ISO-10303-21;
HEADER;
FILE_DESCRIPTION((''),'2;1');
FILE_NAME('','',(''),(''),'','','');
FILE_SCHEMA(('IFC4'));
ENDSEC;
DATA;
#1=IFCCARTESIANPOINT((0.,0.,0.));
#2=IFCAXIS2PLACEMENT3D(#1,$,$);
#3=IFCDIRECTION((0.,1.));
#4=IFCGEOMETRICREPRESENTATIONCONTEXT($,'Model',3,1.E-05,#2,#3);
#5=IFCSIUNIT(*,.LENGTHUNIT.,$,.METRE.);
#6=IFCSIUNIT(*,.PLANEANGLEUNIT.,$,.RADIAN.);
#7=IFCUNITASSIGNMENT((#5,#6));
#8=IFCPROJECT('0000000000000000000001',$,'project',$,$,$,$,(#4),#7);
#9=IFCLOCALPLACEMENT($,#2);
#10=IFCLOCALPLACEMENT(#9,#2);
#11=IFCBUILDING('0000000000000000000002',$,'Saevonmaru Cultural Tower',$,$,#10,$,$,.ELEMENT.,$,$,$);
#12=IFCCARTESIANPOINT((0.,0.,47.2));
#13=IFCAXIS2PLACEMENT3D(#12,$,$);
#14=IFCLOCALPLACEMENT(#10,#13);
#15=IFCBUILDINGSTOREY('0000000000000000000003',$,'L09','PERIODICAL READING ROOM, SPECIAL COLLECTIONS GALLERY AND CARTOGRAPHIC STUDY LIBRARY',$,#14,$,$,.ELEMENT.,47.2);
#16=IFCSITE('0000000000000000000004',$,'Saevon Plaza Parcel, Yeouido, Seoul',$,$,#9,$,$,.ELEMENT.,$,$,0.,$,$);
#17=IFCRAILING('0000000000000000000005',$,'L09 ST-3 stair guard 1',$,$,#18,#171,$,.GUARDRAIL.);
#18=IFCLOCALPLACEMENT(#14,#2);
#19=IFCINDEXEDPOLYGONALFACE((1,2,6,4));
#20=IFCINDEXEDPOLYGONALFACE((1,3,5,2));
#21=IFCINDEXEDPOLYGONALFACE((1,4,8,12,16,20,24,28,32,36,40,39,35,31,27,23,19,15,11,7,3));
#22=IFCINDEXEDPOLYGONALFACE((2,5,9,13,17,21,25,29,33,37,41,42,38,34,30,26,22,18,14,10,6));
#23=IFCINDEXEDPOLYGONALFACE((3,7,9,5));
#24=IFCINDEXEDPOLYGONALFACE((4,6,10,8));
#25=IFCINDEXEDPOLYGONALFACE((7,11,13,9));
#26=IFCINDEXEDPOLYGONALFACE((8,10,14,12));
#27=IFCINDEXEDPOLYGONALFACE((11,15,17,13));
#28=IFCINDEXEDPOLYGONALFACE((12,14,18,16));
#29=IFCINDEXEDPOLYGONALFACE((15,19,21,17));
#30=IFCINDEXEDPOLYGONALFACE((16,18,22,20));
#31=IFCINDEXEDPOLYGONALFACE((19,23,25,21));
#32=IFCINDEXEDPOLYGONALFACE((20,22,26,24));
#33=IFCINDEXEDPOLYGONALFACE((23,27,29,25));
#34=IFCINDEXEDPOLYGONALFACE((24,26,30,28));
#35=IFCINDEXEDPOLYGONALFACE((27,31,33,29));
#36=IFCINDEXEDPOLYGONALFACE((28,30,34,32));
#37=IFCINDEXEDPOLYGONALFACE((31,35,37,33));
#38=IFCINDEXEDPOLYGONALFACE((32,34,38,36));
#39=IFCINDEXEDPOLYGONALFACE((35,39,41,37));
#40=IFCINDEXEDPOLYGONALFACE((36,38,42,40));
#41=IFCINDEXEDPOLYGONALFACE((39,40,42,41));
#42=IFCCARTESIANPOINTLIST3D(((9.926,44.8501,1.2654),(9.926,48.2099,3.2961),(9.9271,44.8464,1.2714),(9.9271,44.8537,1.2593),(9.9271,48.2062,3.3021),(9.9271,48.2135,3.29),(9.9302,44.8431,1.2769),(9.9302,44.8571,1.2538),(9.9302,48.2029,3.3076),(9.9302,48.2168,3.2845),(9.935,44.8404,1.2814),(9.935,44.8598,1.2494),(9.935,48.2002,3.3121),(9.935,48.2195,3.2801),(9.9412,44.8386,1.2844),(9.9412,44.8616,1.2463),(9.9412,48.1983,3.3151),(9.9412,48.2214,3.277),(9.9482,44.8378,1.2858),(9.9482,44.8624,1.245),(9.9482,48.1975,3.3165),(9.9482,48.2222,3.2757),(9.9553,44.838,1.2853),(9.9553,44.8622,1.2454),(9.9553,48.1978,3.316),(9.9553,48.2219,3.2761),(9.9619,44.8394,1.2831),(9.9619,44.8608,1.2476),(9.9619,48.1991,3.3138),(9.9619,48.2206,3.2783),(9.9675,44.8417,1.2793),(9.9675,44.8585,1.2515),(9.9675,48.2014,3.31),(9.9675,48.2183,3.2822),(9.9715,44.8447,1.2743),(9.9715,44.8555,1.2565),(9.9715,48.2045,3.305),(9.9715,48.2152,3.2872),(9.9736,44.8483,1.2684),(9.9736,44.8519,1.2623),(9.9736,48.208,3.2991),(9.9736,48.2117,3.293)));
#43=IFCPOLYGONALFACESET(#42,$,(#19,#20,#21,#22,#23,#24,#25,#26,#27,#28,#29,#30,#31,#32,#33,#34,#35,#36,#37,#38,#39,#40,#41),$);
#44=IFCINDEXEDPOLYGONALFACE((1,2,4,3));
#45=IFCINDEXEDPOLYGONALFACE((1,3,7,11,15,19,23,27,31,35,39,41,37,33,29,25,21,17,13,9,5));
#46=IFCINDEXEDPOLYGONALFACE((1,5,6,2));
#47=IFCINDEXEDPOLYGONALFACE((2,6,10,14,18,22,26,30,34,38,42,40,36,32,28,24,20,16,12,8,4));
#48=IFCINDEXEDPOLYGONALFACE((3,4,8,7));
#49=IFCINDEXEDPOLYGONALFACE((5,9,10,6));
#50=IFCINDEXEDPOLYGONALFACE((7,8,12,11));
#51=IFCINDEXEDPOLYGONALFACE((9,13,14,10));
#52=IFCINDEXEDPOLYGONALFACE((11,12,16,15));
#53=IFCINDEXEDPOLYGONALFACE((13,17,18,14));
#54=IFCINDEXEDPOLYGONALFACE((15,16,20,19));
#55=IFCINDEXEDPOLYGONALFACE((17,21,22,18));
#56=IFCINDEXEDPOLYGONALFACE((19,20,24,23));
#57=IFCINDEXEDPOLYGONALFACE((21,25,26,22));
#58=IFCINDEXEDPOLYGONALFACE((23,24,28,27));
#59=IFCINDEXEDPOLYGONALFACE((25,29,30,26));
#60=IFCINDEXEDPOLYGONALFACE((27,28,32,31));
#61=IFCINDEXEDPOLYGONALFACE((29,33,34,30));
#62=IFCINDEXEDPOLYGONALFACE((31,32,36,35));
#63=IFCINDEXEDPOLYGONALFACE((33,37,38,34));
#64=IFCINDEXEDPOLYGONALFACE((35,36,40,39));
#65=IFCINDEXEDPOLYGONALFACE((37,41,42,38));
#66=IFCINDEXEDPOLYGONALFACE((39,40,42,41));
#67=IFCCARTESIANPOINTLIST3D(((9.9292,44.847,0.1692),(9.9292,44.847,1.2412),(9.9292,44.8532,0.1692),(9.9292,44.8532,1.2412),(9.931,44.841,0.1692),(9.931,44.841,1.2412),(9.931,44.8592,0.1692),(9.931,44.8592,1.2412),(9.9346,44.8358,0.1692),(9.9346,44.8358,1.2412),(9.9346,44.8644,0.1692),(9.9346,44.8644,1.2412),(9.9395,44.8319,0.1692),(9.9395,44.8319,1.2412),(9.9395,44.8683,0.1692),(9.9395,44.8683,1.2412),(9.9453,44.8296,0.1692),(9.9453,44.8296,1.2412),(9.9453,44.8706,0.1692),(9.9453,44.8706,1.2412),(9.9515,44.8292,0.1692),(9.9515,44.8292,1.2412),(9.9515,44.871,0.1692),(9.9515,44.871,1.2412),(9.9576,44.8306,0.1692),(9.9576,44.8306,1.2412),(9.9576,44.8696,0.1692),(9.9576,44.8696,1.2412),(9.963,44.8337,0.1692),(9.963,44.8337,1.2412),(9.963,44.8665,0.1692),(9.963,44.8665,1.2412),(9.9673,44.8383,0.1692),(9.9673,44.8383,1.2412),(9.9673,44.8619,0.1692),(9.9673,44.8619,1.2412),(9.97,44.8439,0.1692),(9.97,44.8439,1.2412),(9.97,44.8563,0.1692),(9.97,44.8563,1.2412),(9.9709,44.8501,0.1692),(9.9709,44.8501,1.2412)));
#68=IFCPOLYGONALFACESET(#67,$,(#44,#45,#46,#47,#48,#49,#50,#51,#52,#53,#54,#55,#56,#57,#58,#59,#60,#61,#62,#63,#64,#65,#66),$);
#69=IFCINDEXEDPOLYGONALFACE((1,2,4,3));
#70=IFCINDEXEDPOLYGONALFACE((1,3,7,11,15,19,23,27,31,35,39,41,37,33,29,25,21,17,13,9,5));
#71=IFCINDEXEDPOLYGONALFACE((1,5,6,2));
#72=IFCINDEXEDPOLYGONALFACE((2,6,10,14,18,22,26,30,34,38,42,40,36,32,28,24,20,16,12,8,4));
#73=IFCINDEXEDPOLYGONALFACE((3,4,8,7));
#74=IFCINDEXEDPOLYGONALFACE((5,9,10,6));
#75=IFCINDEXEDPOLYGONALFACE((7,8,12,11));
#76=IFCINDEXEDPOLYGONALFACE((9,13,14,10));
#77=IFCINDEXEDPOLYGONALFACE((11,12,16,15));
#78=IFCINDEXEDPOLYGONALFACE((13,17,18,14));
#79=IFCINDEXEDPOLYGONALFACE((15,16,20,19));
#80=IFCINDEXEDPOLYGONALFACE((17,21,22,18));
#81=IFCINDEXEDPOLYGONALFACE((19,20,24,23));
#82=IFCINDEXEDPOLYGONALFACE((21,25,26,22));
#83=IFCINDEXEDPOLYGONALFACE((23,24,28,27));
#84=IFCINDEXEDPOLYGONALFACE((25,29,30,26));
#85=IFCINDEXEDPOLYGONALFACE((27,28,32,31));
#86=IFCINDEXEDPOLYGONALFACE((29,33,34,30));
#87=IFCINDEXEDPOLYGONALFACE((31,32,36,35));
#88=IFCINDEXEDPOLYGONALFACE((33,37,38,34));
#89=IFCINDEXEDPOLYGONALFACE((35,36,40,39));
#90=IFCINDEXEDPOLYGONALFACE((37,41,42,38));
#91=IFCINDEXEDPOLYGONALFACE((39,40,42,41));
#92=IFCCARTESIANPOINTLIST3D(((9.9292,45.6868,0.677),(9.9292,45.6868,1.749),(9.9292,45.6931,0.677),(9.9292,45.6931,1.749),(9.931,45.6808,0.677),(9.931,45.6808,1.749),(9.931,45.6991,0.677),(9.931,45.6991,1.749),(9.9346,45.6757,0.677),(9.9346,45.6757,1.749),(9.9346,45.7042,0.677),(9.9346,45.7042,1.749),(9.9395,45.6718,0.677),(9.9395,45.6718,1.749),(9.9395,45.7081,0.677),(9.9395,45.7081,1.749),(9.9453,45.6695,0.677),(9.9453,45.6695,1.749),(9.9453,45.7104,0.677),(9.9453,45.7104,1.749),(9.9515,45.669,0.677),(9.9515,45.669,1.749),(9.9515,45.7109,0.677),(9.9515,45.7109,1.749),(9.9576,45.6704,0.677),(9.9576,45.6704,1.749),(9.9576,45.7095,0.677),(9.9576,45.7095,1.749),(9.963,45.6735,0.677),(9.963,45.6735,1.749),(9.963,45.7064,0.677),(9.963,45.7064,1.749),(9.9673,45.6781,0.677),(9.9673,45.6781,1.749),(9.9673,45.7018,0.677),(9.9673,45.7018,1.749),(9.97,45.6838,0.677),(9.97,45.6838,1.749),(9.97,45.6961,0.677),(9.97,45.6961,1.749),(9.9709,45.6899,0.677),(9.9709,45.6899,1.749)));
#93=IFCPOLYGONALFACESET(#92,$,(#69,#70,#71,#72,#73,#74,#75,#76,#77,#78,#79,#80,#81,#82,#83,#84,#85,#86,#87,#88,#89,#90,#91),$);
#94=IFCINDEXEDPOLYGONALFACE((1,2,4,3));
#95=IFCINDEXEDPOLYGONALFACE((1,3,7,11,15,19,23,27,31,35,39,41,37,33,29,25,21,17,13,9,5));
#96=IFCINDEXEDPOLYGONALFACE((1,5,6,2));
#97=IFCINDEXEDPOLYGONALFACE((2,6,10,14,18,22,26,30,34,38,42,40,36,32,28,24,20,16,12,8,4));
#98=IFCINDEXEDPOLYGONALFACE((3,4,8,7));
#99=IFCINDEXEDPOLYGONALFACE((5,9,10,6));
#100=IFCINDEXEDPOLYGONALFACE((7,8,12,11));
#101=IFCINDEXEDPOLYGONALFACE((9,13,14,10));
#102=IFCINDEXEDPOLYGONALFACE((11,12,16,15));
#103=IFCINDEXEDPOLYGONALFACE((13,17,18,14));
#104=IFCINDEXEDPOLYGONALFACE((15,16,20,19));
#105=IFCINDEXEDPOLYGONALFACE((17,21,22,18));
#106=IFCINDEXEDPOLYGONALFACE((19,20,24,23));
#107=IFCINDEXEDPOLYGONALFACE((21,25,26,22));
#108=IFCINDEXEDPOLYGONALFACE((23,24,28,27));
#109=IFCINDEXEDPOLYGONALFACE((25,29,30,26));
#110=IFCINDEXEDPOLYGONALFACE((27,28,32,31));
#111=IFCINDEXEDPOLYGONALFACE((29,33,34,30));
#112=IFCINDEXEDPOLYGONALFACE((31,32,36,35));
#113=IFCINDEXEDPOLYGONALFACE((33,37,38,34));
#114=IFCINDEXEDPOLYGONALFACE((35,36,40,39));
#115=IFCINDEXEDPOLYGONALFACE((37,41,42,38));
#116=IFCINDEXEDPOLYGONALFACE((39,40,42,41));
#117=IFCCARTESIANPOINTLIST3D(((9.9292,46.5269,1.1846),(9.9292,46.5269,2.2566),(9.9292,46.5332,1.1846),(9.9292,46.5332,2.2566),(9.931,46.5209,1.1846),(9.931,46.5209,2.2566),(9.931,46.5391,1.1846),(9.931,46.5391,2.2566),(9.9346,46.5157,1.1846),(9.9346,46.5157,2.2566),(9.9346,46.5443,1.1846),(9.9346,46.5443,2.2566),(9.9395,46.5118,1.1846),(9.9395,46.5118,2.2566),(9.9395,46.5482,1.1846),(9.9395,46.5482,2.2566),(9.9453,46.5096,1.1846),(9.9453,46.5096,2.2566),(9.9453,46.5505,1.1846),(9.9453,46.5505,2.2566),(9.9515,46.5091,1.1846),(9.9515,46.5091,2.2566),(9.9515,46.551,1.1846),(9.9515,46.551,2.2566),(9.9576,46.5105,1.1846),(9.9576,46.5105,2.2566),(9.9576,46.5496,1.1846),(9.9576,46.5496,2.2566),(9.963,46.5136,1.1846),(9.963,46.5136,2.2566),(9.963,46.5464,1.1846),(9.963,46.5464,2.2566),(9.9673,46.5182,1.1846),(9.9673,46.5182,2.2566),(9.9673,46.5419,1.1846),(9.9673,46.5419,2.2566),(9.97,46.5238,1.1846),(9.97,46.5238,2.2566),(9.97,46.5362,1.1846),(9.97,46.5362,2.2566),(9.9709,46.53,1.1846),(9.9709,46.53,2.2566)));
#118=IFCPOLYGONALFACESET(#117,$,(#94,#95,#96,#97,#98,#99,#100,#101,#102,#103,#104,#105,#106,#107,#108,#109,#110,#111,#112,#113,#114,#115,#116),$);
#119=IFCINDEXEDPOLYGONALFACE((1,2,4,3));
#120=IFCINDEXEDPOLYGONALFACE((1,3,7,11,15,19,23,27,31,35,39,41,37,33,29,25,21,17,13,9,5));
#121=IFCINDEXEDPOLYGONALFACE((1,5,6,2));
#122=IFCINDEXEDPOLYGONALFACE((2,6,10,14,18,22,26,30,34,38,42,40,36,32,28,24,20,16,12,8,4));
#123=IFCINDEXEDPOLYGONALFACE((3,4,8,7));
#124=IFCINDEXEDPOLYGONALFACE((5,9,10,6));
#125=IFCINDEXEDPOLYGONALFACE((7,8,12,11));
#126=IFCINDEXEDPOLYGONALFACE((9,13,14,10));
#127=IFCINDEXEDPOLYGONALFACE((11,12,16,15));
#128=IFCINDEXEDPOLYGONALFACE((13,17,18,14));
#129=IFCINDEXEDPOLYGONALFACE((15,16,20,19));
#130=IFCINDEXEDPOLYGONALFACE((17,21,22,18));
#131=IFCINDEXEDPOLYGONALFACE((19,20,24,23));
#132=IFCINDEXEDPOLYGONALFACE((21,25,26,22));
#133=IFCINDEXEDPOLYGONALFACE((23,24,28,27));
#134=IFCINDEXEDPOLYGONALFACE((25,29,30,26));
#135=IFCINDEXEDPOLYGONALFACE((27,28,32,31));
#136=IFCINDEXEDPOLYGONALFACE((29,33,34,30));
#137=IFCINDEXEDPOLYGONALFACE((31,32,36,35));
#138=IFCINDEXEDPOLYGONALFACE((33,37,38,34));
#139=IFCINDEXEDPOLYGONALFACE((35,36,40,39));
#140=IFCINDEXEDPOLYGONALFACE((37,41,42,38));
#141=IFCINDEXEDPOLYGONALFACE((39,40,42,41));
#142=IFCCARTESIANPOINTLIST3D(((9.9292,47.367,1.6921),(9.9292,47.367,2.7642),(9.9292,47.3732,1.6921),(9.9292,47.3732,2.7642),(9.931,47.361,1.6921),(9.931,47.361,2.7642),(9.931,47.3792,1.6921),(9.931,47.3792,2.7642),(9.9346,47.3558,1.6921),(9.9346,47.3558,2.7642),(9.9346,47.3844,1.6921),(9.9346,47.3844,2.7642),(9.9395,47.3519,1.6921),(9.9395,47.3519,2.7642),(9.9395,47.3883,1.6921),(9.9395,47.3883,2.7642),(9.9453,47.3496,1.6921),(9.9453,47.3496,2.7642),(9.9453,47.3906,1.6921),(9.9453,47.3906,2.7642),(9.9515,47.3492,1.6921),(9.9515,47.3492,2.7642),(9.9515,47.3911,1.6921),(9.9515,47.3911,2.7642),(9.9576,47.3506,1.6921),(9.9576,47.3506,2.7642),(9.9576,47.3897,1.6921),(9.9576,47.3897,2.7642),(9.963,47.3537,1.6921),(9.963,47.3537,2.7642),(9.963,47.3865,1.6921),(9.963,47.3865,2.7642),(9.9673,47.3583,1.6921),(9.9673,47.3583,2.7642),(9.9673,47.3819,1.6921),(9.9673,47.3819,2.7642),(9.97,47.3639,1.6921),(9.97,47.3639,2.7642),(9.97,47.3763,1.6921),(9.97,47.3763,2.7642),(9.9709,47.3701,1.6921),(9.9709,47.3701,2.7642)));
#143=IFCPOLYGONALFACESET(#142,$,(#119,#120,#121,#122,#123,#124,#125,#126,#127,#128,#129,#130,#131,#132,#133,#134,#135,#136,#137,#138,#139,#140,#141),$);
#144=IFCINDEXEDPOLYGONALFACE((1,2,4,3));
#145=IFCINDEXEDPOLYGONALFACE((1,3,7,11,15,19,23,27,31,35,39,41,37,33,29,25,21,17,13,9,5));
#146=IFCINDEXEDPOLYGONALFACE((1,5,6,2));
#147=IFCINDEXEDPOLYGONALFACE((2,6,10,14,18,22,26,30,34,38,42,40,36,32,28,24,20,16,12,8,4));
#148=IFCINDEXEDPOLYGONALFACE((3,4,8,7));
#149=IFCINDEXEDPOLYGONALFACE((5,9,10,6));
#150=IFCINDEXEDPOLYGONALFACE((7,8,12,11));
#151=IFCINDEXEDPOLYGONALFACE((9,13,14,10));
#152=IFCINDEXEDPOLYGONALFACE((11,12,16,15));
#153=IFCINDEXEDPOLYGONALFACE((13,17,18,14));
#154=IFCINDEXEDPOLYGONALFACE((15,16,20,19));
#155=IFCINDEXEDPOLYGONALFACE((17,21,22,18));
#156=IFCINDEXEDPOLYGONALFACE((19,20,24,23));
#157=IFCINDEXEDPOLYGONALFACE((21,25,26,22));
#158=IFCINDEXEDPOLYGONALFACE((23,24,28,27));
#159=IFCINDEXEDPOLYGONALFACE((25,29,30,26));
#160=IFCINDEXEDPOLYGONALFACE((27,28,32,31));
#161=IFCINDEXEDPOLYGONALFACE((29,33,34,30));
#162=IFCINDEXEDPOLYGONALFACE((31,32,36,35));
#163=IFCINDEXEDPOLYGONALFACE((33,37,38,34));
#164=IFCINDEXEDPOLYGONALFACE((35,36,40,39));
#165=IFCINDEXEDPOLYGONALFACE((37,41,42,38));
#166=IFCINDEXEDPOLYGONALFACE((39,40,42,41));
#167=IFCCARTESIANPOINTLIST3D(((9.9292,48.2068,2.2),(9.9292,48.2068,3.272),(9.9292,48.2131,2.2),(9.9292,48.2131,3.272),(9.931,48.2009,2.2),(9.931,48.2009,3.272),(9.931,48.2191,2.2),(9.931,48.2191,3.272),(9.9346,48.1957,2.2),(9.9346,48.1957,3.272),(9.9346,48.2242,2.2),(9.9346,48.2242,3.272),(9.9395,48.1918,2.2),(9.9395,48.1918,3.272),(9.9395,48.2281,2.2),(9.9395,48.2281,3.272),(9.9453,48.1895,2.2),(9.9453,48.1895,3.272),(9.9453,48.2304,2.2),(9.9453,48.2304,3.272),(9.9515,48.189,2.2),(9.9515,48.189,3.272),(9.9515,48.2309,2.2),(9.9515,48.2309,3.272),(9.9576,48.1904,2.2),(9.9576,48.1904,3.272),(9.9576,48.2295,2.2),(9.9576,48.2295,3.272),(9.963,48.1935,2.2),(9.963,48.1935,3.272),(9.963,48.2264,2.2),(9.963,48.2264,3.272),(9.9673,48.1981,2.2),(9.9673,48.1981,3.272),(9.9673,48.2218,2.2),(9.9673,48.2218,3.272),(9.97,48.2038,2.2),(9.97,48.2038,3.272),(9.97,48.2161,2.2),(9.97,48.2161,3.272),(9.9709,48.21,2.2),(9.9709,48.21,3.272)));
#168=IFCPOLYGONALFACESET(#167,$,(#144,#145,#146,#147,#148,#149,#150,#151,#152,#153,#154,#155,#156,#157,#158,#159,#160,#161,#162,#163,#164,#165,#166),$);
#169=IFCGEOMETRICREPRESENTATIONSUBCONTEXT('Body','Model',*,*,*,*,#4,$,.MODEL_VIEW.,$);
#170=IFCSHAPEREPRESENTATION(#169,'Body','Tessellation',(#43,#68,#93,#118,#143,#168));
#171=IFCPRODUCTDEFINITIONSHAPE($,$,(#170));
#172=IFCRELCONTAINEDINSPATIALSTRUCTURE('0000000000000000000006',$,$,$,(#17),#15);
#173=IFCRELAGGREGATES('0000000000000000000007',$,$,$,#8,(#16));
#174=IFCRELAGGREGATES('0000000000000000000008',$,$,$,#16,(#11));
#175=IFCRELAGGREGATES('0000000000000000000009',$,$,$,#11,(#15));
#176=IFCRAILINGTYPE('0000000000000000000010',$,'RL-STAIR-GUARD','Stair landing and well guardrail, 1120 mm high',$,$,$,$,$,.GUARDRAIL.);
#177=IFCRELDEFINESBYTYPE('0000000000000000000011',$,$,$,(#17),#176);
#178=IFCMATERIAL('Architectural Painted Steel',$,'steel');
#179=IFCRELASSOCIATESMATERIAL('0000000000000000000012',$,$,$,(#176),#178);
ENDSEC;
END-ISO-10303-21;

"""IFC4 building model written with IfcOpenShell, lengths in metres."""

from ifc_helpers import new_model, si_unit, direction, frame, origin, origin_2d, place, context, subcontext, project, spatial, circle, extrude, material, type_object, element, save


model = new_model("IFC4")

# Units and contexts
model_context = context("Model", 3, precision=1e-05, world=origin(), true_north=direction((0.0, 1.0)))
body_context = subcontext(model_context, "Body", "Model", "MODEL_VIEW")
ifc_project = project(units=[si_unit("LENGTHUNIT", "METRE"), si_unit("PLANEANGLEUNIT", "RADIAN")], contexts=[model_context])

# Site, building, storey
site_placement = place(None, origin())
site = spatial("IfcSite", under=ifc_project, at=site_placement, Name="Saevon Plaza Parcel, Yeouido, Seoul", CompositionType="ELEMENT", RefElevation=0.0)
building_placement = place(site_placement, origin())
building = spatial("IfcBuilding", under=site, at=building_placement, Name="Saevonmaru Cultural Tower", CompositionType="ELEMENT")
storey_placement = place(building_placement, frame((0.0, 0.0, 47.2)))
storey = spatial("IfcBuildingStorey", under=building, at=storey_placement, Name="L09", Description="PERIODICAL READING ROOM, SPECIAL COLLECTIONS GALLERY AND CARTOGRAPHIC STUDY LIBRARY", CompositionType="ELEMENT", Elevation=47.2)

# Railing
ifc_material_1 = material(Name="Architectural Painted Steel", Category="steel")
railing_type_1 = type_object("IfcRailingType", Name="RL-STAIR-GUARD", Description="Stair landing and well guardrail, 1120 mm high", PredefinedType="GUARDRAIL", material=ifc_material_1)
railing_1_placement = place(storey_placement, frame((9.95, 44.8501, 0.1692)))
element("IfcRailing", 1, at=railing_1_placement, inside=storey, type_object=railing_type_1, Name="L09 ST-3 stair guard 1", PredefinedType="GUARDRAIL", context=body_context, shape_type="SweptSolid", body=[
    extrude(circle(Radius=0.0239, at=origin_2d()), frame((0.0, 0.0, 1.0962), z_axis=(0.0, 0.85582, 0.517273), x_axis=(-1.0, 0.0, 0.0)), (0.0, 0.0, 1.0), 3.9258),
    extrude(circle(Radius=0.021, at=origin_2d()), origin(), (0.0, 0.0, 1.0), 1.072),
    extrude(circle(Radius=0.021, at=origin_2d()), frame((0.0, 0.8398, 0.5078)), (0.0, 0.0, 1.0), 1.072),
    extrude(circle(Radius=0.021, at=origin_2d()), frame((0.0, 1.6799, 1.0154)), (0.0, 0.0, 1.0), 1.072),
    extrude(circle(Radius=0.021, at=origin_2d()), frame((0.0, 2.52, 1.5229)), (0.0, 0.0, 1.0), 1.072),
    extrude(circle(Radius=0.021, at=origin_2d()), frame((0.0, 3.3599, 2.0308)), (0.0, 0.0, 1.0), 1.072),
])

save(model, "model.ifc")
